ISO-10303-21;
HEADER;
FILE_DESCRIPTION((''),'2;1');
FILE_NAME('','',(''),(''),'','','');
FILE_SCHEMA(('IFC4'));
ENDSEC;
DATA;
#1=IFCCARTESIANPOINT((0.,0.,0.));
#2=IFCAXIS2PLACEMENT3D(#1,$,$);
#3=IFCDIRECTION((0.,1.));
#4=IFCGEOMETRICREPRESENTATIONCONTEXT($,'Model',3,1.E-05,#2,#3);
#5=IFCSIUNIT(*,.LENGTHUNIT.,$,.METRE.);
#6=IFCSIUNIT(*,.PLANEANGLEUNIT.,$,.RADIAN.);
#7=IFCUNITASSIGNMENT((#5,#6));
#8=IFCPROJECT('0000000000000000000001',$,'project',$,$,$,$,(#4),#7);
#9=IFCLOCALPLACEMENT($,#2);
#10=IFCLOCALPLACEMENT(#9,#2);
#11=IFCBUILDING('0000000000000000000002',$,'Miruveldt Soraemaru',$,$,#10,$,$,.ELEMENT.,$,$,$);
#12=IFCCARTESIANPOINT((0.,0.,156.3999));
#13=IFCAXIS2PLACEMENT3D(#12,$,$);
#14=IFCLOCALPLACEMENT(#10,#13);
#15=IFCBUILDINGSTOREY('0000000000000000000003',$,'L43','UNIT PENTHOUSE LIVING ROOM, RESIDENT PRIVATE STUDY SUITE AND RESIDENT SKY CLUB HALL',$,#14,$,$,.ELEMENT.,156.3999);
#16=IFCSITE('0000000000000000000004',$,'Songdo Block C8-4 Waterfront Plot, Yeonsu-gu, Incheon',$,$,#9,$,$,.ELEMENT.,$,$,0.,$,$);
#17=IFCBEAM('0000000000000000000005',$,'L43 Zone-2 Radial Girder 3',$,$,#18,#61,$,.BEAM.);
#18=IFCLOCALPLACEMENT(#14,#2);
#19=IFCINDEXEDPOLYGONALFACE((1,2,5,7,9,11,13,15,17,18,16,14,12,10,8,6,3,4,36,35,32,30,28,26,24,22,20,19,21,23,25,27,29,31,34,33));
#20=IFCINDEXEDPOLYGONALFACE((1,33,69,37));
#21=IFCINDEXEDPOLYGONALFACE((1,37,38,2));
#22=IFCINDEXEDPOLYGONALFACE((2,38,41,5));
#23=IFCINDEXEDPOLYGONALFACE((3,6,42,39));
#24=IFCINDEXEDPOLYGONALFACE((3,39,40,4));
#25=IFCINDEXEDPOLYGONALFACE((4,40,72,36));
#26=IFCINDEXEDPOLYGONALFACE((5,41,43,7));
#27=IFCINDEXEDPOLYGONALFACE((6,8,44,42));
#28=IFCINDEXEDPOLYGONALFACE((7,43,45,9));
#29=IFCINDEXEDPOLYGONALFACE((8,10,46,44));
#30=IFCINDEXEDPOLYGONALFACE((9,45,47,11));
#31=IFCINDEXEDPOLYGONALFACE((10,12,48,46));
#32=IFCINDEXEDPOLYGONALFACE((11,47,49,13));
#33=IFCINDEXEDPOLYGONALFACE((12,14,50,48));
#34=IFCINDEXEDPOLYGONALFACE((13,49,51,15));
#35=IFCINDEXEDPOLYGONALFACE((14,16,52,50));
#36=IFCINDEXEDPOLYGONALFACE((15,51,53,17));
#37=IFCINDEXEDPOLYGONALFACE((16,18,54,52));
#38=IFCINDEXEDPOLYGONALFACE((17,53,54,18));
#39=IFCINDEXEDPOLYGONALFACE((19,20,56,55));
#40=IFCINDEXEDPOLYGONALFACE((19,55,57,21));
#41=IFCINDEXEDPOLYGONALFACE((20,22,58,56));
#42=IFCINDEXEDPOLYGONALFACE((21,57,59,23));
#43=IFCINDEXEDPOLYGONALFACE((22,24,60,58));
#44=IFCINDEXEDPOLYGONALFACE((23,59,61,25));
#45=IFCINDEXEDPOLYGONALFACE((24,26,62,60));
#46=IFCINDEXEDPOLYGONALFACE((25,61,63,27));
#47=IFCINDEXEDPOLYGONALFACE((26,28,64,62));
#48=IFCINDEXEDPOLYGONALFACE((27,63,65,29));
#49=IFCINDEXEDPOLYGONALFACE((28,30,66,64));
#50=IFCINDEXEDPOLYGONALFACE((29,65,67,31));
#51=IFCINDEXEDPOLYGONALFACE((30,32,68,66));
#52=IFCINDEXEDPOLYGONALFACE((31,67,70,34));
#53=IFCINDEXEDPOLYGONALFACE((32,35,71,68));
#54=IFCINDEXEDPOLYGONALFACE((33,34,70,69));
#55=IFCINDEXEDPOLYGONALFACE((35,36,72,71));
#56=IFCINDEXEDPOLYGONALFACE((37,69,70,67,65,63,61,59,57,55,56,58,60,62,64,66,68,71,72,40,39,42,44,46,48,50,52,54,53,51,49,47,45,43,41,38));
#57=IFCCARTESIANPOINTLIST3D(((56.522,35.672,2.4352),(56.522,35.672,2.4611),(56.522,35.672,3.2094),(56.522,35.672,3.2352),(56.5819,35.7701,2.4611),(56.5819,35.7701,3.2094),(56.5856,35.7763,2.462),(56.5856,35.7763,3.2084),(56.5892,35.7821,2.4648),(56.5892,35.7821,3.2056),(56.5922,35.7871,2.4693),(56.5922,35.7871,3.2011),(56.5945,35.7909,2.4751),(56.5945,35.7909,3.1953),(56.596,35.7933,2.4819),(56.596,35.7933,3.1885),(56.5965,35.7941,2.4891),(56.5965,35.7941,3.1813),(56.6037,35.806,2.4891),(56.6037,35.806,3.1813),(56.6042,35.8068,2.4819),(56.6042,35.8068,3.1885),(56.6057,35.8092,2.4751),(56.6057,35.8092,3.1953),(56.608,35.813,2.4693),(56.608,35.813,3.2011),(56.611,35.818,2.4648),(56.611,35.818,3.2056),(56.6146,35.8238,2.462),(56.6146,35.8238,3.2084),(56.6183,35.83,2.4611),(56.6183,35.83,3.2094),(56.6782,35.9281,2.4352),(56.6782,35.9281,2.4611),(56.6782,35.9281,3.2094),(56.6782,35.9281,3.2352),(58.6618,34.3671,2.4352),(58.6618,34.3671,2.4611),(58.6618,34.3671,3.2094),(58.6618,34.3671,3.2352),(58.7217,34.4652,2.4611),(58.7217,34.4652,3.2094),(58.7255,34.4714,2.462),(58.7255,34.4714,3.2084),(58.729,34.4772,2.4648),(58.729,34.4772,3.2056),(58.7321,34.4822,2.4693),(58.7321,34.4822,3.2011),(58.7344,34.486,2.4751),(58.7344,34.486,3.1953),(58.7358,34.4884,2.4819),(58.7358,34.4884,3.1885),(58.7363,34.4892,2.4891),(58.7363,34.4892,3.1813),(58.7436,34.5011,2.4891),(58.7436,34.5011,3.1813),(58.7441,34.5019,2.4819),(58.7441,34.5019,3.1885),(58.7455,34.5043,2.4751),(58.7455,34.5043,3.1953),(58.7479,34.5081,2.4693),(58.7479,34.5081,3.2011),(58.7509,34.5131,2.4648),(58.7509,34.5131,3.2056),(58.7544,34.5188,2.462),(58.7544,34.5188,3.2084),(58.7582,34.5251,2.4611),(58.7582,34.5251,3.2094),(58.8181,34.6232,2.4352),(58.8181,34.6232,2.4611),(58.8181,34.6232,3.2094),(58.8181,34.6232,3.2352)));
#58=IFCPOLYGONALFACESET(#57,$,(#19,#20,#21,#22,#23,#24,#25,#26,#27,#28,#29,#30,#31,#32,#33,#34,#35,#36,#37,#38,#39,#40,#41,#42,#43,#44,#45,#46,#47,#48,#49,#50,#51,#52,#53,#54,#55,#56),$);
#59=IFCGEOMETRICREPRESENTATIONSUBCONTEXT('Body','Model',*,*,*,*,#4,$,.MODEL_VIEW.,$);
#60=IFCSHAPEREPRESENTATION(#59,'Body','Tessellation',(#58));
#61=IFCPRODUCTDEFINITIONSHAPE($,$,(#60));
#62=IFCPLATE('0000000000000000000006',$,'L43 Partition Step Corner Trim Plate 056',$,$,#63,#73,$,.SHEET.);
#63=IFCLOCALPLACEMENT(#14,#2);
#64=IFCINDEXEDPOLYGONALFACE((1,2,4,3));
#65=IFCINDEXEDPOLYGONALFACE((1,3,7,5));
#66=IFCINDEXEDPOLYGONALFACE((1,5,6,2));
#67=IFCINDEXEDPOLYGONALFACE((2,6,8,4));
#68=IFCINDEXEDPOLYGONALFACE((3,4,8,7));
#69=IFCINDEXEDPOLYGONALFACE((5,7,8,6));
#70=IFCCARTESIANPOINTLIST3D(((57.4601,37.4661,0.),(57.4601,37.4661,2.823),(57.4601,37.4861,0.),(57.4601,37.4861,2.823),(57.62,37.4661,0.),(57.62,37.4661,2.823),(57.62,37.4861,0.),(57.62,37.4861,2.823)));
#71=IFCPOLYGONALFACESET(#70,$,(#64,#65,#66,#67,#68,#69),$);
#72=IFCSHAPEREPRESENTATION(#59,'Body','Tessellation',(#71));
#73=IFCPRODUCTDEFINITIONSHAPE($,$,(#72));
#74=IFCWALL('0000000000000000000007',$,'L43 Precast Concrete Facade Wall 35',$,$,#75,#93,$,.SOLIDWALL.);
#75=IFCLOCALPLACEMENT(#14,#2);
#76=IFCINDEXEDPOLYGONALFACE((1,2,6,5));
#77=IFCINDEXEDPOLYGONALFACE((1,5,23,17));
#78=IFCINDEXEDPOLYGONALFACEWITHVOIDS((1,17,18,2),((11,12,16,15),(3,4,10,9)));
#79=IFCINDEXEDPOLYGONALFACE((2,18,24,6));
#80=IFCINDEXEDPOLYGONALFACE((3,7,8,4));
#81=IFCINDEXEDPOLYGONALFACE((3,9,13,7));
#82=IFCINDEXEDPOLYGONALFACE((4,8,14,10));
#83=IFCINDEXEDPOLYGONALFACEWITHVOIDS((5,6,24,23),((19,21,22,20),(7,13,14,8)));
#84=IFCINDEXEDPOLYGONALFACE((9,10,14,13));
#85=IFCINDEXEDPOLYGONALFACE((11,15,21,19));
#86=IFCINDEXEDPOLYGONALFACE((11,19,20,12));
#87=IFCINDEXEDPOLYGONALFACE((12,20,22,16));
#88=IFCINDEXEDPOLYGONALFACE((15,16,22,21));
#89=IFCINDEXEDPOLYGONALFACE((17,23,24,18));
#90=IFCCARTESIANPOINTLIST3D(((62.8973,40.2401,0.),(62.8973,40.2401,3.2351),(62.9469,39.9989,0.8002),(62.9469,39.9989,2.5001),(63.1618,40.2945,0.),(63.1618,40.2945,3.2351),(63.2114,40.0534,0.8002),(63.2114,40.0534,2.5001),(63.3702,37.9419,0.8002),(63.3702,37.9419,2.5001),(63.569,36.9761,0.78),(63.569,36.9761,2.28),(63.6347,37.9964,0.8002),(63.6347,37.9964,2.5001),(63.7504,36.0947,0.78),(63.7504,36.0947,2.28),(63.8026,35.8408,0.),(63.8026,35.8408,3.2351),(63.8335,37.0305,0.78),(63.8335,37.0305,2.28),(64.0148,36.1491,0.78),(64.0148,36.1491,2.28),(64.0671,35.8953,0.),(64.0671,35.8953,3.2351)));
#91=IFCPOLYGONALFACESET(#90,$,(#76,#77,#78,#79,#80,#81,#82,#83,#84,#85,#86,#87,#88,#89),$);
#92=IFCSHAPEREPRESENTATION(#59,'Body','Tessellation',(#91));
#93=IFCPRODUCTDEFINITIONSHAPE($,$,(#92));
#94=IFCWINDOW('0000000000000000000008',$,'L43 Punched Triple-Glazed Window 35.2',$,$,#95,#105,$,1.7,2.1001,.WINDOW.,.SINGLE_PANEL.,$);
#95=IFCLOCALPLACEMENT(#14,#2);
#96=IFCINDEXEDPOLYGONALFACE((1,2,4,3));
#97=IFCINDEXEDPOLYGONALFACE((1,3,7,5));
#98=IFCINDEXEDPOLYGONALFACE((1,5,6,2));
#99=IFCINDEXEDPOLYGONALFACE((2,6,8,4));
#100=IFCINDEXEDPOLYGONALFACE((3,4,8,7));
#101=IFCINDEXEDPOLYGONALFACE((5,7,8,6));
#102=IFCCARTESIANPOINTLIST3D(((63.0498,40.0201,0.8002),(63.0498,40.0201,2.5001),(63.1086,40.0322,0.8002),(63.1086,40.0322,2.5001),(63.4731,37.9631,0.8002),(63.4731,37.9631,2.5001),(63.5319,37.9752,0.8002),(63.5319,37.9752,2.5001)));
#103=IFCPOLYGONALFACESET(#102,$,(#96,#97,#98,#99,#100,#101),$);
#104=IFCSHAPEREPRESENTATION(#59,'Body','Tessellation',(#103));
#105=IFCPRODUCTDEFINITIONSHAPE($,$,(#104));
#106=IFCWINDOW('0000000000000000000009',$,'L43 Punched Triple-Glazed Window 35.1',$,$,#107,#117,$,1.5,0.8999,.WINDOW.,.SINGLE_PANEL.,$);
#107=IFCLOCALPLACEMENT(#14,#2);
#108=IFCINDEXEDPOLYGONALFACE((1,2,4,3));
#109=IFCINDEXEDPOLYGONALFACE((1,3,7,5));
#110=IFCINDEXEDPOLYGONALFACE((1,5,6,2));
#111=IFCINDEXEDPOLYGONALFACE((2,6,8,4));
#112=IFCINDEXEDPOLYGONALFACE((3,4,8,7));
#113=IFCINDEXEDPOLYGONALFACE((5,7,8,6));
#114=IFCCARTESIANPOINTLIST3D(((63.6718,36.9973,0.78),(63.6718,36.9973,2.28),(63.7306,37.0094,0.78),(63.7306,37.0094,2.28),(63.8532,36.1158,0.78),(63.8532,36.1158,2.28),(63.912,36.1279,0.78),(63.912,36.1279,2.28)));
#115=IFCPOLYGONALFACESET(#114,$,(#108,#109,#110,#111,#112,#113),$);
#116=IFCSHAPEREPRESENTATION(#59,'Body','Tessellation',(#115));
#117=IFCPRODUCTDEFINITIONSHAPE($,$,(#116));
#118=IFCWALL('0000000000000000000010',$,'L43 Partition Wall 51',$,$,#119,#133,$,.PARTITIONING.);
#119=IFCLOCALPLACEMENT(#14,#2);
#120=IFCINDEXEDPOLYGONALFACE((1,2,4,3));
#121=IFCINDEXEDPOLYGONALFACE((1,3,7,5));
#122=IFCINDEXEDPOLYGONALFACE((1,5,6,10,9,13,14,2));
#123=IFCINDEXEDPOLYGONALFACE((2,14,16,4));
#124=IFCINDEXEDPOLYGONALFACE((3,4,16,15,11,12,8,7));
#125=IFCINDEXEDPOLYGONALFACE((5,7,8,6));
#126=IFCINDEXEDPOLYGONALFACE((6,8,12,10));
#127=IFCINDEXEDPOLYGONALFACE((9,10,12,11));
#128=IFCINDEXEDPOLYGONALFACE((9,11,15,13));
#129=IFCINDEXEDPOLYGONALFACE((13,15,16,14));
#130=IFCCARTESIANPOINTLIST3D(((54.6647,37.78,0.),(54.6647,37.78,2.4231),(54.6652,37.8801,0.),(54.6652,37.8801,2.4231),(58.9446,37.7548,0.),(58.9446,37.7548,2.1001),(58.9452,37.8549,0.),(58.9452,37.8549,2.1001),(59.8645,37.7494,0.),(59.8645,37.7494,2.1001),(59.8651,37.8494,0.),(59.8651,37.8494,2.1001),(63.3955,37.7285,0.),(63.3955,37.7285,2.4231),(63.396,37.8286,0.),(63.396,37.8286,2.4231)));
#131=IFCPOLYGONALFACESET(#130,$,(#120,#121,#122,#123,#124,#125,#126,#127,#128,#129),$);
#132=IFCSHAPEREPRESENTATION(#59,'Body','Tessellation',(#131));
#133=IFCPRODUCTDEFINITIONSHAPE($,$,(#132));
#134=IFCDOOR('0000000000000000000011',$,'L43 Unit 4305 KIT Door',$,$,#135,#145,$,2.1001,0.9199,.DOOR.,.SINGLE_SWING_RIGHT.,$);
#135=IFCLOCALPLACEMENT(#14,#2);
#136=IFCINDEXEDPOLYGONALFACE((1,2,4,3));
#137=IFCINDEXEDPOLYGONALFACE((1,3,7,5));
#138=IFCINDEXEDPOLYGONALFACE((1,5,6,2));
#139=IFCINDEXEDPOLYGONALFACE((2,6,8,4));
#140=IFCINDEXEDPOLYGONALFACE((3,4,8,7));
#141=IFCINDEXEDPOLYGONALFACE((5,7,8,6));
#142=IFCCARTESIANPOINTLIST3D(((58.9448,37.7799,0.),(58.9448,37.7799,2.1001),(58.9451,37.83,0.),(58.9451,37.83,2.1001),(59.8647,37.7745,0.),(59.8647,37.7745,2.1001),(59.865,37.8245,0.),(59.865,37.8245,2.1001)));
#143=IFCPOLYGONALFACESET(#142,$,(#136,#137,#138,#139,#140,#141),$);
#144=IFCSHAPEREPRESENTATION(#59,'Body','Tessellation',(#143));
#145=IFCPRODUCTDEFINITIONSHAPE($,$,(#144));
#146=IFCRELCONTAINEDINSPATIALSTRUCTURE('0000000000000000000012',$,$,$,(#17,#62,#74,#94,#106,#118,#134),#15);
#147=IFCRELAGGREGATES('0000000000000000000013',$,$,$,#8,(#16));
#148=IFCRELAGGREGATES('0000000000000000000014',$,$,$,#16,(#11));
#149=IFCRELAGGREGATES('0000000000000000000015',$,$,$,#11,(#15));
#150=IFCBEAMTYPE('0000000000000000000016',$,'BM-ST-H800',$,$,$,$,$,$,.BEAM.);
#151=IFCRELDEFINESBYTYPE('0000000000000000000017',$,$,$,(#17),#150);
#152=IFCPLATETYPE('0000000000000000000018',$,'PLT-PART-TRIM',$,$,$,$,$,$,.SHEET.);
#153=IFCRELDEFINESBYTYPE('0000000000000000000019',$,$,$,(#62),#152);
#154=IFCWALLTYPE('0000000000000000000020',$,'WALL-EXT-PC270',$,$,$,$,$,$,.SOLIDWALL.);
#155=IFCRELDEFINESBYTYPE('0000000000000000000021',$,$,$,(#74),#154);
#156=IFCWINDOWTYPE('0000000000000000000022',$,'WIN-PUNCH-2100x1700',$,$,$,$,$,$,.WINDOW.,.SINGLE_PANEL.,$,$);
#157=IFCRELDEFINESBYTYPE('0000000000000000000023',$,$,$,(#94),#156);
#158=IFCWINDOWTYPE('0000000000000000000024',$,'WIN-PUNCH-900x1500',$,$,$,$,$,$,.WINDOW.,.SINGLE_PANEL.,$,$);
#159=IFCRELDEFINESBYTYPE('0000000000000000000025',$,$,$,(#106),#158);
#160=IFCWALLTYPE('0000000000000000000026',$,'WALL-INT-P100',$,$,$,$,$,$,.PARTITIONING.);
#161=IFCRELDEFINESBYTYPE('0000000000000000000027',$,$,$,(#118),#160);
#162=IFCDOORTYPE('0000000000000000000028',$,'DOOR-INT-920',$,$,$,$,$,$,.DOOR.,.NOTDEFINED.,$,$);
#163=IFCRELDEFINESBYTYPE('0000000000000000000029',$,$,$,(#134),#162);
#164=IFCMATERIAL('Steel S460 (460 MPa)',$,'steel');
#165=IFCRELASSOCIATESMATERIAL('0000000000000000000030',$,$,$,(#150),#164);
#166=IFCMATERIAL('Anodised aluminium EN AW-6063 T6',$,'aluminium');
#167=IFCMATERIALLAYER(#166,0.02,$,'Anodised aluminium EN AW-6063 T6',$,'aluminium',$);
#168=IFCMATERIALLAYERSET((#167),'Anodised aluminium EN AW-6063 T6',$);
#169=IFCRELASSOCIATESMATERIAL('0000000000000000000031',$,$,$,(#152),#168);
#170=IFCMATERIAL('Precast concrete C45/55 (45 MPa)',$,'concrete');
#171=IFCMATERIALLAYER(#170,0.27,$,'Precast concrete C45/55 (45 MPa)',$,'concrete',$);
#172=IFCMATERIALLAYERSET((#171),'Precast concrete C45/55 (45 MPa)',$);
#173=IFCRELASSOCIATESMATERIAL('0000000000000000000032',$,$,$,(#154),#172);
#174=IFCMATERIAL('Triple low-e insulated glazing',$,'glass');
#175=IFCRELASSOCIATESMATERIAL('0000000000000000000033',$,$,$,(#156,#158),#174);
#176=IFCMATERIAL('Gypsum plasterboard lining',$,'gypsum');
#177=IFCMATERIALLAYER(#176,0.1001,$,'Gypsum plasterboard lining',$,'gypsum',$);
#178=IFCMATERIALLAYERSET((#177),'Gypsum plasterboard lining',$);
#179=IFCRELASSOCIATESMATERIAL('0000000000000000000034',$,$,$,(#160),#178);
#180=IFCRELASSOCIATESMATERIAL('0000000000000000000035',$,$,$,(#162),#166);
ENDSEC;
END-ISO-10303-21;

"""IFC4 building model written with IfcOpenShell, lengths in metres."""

from ifc_helpers import new_model, si_unit, direction, frame, frame_2d, origin, origin_2d, place, context, subcontext, project, spatial, rectangle, i_section, extrude, material, layer, layer_set, material_profile, profile_set, type_object, element, fill, save


model = new_model("IFC4")

# Units and contexts
model_context = context("Model", 3, precision=1e-05, world=origin(), true_north=direction((0.0, 1.0)))
body_context = subcontext(model_context, "Body", "Model", "MODEL_VIEW")
ifc_project = project(units=[si_unit("LENGTHUNIT", "METRE"), si_unit("PLANEANGLEUNIT", "RADIAN")], contexts=[model_context])

# Site, building, storey
site_placement = place(None, origin())
site = spatial("IfcSite", under=ifc_project, at=site_placement, Name="Songdo Block C8-4 Waterfront Plot, Yeonsu-gu, Incheon", CompositionType="ELEMENT", RefElevation=0.0)
building_placement = place(site_placement, origin())
building = spatial("IfcBuilding", under=site, at=building_placement, Name="Miruveldt Soraemaru", CompositionType="ELEMENT")
storey_placement = place(building_placement, frame((0.0, 0.0, 156.3999)))
storey = spatial("IfcBuildingStorey", under=building, at=storey_placement, Name="L43", Description="UNIT PENTHOUSE LIVING ROOM, RESIDENT PRIVATE STUDY SUITE AND RESIDENT SKY CLUB HALL", CompositionType="ELEMENT", Elevation=156.3999)

# Beam
ifc_material_1 = material(Name="Steel S460 (460 MPa)", Category="steel")
ifc_material_profile_1 = material_profile(ifc_material_1, i_section(OverallWidth=0.3, OverallDepth=0.8, WebThickness=0.0139, FlangeThickness=0.0259, FilletRadius=0.0281, at=origin_2d()), Name="Steel S460 (460 MPa)", Category="steel")
ifc_profile_set_1 = profile_set([ifc_material_profile_1], Name="Steel S460 (460 MPa)")
beam_type_1 = type_object("IfcBeamType", Name="BM-ST-H800", PredefinedType="BEAM", material=ifc_profile_set_1)
beam_1_placement = place(storey_placement, frame((56.6001, 35.8, 2.8352), z_axis=(0.853775, -0.520642, 0.0), x_axis=(0.520642, 0.853775, 0.0)))
element("IfcBeam", 1, at=beam_1_placement, inside=storey, type_object=beam_type_1, Name="L43 Zone-2 Radial Girder 3", PredefinedType="BEAM", context=body_context, shape_type="SweptSolid", body=[
    extrude(i_section(OverallWidth=0.3, OverallDepth=0.8, WebThickness=0.0139, FlangeThickness=0.0259, FilletRadius=0.0281, at=origin_2d()), origin(), (0.0, 0.0, 1.0), 2.5063),
])

# Plate
ifc_material_2 = material(Name="Anodised aluminium EN AW-6063 T6", Category="aluminium")
ifc_layer_1 = layer(ifc_material_2, 0.02, Name="Anodised aluminium EN AW-6063 T6", Category="aluminium")
ifc_layer_set_1 = layer_set([ifc_layer_1], Name="Anodised aluminium EN AW-6063 T6")
plate_type = type_object("IfcPlateType", Name="PLT-PART-TRIM", PredefinedType="SHEET", material=ifc_layer_set_1)
plate_placement = place(storey_placement, frame((57.54, 37.4761, 0.0), z_axis=(0.0, 0.0, 1.0), x_axis=(1.0, 0.0, 0.0)))
element("IfcPlate", 2, at=plate_placement, inside=storey, type_object=plate_type, Name="L43 Partition Step Corner Trim Plate 056", PredefinedType="SHEET", context=body_context, shape_type="SweptSolid", body=[
    extrude(rectangle(XDim=0.1599, YDim=0.02, at=origin_2d()), origin(), (0.0, 0.0, 1.0), 2.823),
])

# Wall, openings, windows
ifc_material_3 = material(Name="Precast concrete C45/55 (45 MPa)", Category="concrete")
ifc_layer_2 = layer(ifc_material_3, 0.27, Name="Precast concrete C45/55 (45 MPa)", Category="concrete")
ifc_layer_set_2 = layer_set([ifc_layer_2], Name="Precast concrete C45/55 (45 MPa)")
wall_type_1 = type_object("IfcWallType", Name="WALL-EXT-PC270", PredefinedType="SOLIDWALL", material=ifc_layer_set_2)
wall_1_placement = place(storey_placement, frame((63.9348, 35.8682, 0.0), z_axis=(0.0, 0.0, 1.0), x_axis=(-0.201559, 0.979476, 0.0)))
wall_1 = element("IfcWall", 3, at=wall_1_placement, inside=storey, type_object=wall_type_1, Name="L43 Precast Concrete Facade Wall 35", PredefinedType="SOLIDWALL", context=body_context, shape_type="SweptSolid", body=[
    extrude(rectangle(XDim=4.4915, YDim=0.27, at=frame_2d((2.2456, 0.0))), origin(), (0.0, 0.0, 1.0), 3.2351),
])
opening_1_placement = place(wall_1_placement, frame((0.259, 0.0, 0.78)))
opening_1 = element("IfcOpeningElement", 4, at=opening_1_placement, cuts=wall_1, PredefinedType="OPENING", context=body_context, shape_type="SweptSolid", body=[
    extrude(rectangle(XDim=0.8999, YDim=1.5, at=frame_2d((0.45, 0.75))), frame((0.0, 0.145, 0.0), z_axis=(0.0, -1.0, 0.0), x_axis=(1.0, 0.0, 0.0)), (0.0, 0.0, 1.0), 0.29),
])
opening_2_placement = place(wall_1_placement, frame((2.145, 0.0, 0.8)))
opening_2 = element("IfcOpeningElement", 5, at=opening_2_placement, cuts=wall_1, PredefinedType="OPENING", context=body_context, shape_type="SweptSolid", body=[
    extrude(rectangle(XDim=2.1001, YDim=1.7, at=frame_2d((1.05, 0.8501))), frame((0.0, 0.145, 0.0), z_axis=(0.0, -1.0, 0.0), x_axis=(1.0, 0.0, 0.0)), (0.0, 0.0, 1.0), 0.29),
])
ifc_material_4 = material(Name="Triple low-e insulated glazing", Category="glass")
window_type_1 = type_object("IfcWindowType", Name="WIN-PUNCH-2100x1700", PartitioningType="SINGLE_PANEL", PredefinedType="WINDOW", material=ifc_material_4)
window_1_placement = place(opening_2_placement, origin())
window_1 = element("IfcWindow", 6, at=window_1_placement, inside=storey, type_object=window_type_1, Name="L43 Punched Triple-Glazed Window 35.2", OverallHeight=1.7, OverallWidth=2.1001, PartitioningType="SINGLE_PANEL", PredefinedType="WINDOW", context=body_context, shape_type="SweptSolid", body=[
    extrude(rectangle(XDim=2.1001, YDim=1.7, at=frame_2d((1.05, 0.8501))), frame((0.0, 0.03, 0.0), z_axis=(0.0, -1.0, 0.0), x_axis=(1.0, 0.0, 0.0)), (0.0, 0.0, 1.0), 0.0601),
])
fill(opening_2, window_1)
window_type_2 = type_object("IfcWindowType", Name="WIN-PUNCH-900x1500", PartitioningType="SINGLE_PANEL", PredefinedType="WINDOW", material=ifc_material_4)
window_2_placement = place(opening_1_placement, origin())
window_2 = element("IfcWindow", 7, at=window_2_placement, inside=storey, type_object=window_type_2, Name="L43 Punched Triple-Glazed Window 35.1", OverallHeight=1.5, OverallWidth=0.8999, PartitioningType="SINGLE_PANEL", PredefinedType="WINDOW", context=body_context, shape_type="SweptSolid", body=[
    extrude(rectangle(XDim=0.8999, YDim=1.5, at=frame_2d((0.45, 0.75))), frame((0.0, 0.03, 0.0), z_axis=(0.0, -1.0, 0.0), x_axis=(1.0, 0.0, 0.0)), (0.0, 0.0, 1.0), 0.0601),
])
fill(opening_1, window_2)

# Wall, opening, door
ifc_material_5 = material(Name="Gypsum plasterboard lining", Category="gypsum")
ifc_layer_3 = layer(ifc_material_5, 0.1001, Name="Gypsum plasterboard lining", Category="gypsum")
ifc_layer_set_3 = layer_set([ifc_layer_3], Name="Gypsum plasterboard lining")
wall_type_2 = type_object("IfcWallType", Name="WALL-INT-P100", PredefinedType="PARTITIONING", material=ifc_layer_set_3)
wall_2_placement = place(storey_placement, frame((63.3958, 37.7786, 0.0), z_axis=(0.0, 0.0, 1.0), x_axis=(-0.999983, 0.0059, 0.0)))
wall_2 = element("IfcWall", 8, at=wall_2_placement, inside=storey, type_object=wall_type_2, Name="L43 Partition Wall 51", PredefinedType="PARTITIONING", context=body_context, shape_type="SweptSolid", body=[
    extrude(rectangle(XDim=8.731, YDim=0.1001, at=frame_2d((4.3655, 0.0))), origin(), (0.0, 0.0, 1.0), 2.4231),
])
opening_3_placement = place(wall_2_placement, frame((3.531, 0.0, 0.0)))
opening_3 = element("IfcOpeningElement", 9, at=opening_3_placement, cuts=wall_2, PredefinedType="OPENING", context=body_context, shape_type="SweptSolid", body=[
    extrude(rectangle(XDim=0.9199, YDim=2.1001, at=frame_2d((0.46, 1.05))), frame((0.0, 0.0601, 0.0), z_axis=(0.0, -1.0, 0.0), x_axis=(1.0, 0.0, 0.0)), (0.0, 0.0, 1.0), 0.1201),
])
door_type = type_object("IfcDoorType", Name="DOOR-INT-920", OperationType="NOTDEFINED", PredefinedType="DOOR", material=ifc_material_2)
door_1_placement = place(opening_3_placement, origin())
door_1 = element("IfcDoor", 10, at=door_1_placement, inside=storey, type_object=door_type, Name="L43 Unit 4305 KIT Door", OperationType="SINGLE_SWING_RIGHT", OverallHeight=2.1001, OverallWidth=0.9199, PredefinedType="DOOR", context=body_context, shape_type="SweptSolid", body=[
    extrude(rectangle(XDim=0.9199, YDim=2.1001, at=frame_2d((0.46, 1.05))), frame((0.0, 0.0249, 0.0), z_axis=(0.0, -1.0, 0.0), x_axis=(1.0, 0.0, 0.0)), (0.0, 0.0, 1.0), 0.05),
])
fill(opening_3, door_1)

save(model, "model.ifc")
